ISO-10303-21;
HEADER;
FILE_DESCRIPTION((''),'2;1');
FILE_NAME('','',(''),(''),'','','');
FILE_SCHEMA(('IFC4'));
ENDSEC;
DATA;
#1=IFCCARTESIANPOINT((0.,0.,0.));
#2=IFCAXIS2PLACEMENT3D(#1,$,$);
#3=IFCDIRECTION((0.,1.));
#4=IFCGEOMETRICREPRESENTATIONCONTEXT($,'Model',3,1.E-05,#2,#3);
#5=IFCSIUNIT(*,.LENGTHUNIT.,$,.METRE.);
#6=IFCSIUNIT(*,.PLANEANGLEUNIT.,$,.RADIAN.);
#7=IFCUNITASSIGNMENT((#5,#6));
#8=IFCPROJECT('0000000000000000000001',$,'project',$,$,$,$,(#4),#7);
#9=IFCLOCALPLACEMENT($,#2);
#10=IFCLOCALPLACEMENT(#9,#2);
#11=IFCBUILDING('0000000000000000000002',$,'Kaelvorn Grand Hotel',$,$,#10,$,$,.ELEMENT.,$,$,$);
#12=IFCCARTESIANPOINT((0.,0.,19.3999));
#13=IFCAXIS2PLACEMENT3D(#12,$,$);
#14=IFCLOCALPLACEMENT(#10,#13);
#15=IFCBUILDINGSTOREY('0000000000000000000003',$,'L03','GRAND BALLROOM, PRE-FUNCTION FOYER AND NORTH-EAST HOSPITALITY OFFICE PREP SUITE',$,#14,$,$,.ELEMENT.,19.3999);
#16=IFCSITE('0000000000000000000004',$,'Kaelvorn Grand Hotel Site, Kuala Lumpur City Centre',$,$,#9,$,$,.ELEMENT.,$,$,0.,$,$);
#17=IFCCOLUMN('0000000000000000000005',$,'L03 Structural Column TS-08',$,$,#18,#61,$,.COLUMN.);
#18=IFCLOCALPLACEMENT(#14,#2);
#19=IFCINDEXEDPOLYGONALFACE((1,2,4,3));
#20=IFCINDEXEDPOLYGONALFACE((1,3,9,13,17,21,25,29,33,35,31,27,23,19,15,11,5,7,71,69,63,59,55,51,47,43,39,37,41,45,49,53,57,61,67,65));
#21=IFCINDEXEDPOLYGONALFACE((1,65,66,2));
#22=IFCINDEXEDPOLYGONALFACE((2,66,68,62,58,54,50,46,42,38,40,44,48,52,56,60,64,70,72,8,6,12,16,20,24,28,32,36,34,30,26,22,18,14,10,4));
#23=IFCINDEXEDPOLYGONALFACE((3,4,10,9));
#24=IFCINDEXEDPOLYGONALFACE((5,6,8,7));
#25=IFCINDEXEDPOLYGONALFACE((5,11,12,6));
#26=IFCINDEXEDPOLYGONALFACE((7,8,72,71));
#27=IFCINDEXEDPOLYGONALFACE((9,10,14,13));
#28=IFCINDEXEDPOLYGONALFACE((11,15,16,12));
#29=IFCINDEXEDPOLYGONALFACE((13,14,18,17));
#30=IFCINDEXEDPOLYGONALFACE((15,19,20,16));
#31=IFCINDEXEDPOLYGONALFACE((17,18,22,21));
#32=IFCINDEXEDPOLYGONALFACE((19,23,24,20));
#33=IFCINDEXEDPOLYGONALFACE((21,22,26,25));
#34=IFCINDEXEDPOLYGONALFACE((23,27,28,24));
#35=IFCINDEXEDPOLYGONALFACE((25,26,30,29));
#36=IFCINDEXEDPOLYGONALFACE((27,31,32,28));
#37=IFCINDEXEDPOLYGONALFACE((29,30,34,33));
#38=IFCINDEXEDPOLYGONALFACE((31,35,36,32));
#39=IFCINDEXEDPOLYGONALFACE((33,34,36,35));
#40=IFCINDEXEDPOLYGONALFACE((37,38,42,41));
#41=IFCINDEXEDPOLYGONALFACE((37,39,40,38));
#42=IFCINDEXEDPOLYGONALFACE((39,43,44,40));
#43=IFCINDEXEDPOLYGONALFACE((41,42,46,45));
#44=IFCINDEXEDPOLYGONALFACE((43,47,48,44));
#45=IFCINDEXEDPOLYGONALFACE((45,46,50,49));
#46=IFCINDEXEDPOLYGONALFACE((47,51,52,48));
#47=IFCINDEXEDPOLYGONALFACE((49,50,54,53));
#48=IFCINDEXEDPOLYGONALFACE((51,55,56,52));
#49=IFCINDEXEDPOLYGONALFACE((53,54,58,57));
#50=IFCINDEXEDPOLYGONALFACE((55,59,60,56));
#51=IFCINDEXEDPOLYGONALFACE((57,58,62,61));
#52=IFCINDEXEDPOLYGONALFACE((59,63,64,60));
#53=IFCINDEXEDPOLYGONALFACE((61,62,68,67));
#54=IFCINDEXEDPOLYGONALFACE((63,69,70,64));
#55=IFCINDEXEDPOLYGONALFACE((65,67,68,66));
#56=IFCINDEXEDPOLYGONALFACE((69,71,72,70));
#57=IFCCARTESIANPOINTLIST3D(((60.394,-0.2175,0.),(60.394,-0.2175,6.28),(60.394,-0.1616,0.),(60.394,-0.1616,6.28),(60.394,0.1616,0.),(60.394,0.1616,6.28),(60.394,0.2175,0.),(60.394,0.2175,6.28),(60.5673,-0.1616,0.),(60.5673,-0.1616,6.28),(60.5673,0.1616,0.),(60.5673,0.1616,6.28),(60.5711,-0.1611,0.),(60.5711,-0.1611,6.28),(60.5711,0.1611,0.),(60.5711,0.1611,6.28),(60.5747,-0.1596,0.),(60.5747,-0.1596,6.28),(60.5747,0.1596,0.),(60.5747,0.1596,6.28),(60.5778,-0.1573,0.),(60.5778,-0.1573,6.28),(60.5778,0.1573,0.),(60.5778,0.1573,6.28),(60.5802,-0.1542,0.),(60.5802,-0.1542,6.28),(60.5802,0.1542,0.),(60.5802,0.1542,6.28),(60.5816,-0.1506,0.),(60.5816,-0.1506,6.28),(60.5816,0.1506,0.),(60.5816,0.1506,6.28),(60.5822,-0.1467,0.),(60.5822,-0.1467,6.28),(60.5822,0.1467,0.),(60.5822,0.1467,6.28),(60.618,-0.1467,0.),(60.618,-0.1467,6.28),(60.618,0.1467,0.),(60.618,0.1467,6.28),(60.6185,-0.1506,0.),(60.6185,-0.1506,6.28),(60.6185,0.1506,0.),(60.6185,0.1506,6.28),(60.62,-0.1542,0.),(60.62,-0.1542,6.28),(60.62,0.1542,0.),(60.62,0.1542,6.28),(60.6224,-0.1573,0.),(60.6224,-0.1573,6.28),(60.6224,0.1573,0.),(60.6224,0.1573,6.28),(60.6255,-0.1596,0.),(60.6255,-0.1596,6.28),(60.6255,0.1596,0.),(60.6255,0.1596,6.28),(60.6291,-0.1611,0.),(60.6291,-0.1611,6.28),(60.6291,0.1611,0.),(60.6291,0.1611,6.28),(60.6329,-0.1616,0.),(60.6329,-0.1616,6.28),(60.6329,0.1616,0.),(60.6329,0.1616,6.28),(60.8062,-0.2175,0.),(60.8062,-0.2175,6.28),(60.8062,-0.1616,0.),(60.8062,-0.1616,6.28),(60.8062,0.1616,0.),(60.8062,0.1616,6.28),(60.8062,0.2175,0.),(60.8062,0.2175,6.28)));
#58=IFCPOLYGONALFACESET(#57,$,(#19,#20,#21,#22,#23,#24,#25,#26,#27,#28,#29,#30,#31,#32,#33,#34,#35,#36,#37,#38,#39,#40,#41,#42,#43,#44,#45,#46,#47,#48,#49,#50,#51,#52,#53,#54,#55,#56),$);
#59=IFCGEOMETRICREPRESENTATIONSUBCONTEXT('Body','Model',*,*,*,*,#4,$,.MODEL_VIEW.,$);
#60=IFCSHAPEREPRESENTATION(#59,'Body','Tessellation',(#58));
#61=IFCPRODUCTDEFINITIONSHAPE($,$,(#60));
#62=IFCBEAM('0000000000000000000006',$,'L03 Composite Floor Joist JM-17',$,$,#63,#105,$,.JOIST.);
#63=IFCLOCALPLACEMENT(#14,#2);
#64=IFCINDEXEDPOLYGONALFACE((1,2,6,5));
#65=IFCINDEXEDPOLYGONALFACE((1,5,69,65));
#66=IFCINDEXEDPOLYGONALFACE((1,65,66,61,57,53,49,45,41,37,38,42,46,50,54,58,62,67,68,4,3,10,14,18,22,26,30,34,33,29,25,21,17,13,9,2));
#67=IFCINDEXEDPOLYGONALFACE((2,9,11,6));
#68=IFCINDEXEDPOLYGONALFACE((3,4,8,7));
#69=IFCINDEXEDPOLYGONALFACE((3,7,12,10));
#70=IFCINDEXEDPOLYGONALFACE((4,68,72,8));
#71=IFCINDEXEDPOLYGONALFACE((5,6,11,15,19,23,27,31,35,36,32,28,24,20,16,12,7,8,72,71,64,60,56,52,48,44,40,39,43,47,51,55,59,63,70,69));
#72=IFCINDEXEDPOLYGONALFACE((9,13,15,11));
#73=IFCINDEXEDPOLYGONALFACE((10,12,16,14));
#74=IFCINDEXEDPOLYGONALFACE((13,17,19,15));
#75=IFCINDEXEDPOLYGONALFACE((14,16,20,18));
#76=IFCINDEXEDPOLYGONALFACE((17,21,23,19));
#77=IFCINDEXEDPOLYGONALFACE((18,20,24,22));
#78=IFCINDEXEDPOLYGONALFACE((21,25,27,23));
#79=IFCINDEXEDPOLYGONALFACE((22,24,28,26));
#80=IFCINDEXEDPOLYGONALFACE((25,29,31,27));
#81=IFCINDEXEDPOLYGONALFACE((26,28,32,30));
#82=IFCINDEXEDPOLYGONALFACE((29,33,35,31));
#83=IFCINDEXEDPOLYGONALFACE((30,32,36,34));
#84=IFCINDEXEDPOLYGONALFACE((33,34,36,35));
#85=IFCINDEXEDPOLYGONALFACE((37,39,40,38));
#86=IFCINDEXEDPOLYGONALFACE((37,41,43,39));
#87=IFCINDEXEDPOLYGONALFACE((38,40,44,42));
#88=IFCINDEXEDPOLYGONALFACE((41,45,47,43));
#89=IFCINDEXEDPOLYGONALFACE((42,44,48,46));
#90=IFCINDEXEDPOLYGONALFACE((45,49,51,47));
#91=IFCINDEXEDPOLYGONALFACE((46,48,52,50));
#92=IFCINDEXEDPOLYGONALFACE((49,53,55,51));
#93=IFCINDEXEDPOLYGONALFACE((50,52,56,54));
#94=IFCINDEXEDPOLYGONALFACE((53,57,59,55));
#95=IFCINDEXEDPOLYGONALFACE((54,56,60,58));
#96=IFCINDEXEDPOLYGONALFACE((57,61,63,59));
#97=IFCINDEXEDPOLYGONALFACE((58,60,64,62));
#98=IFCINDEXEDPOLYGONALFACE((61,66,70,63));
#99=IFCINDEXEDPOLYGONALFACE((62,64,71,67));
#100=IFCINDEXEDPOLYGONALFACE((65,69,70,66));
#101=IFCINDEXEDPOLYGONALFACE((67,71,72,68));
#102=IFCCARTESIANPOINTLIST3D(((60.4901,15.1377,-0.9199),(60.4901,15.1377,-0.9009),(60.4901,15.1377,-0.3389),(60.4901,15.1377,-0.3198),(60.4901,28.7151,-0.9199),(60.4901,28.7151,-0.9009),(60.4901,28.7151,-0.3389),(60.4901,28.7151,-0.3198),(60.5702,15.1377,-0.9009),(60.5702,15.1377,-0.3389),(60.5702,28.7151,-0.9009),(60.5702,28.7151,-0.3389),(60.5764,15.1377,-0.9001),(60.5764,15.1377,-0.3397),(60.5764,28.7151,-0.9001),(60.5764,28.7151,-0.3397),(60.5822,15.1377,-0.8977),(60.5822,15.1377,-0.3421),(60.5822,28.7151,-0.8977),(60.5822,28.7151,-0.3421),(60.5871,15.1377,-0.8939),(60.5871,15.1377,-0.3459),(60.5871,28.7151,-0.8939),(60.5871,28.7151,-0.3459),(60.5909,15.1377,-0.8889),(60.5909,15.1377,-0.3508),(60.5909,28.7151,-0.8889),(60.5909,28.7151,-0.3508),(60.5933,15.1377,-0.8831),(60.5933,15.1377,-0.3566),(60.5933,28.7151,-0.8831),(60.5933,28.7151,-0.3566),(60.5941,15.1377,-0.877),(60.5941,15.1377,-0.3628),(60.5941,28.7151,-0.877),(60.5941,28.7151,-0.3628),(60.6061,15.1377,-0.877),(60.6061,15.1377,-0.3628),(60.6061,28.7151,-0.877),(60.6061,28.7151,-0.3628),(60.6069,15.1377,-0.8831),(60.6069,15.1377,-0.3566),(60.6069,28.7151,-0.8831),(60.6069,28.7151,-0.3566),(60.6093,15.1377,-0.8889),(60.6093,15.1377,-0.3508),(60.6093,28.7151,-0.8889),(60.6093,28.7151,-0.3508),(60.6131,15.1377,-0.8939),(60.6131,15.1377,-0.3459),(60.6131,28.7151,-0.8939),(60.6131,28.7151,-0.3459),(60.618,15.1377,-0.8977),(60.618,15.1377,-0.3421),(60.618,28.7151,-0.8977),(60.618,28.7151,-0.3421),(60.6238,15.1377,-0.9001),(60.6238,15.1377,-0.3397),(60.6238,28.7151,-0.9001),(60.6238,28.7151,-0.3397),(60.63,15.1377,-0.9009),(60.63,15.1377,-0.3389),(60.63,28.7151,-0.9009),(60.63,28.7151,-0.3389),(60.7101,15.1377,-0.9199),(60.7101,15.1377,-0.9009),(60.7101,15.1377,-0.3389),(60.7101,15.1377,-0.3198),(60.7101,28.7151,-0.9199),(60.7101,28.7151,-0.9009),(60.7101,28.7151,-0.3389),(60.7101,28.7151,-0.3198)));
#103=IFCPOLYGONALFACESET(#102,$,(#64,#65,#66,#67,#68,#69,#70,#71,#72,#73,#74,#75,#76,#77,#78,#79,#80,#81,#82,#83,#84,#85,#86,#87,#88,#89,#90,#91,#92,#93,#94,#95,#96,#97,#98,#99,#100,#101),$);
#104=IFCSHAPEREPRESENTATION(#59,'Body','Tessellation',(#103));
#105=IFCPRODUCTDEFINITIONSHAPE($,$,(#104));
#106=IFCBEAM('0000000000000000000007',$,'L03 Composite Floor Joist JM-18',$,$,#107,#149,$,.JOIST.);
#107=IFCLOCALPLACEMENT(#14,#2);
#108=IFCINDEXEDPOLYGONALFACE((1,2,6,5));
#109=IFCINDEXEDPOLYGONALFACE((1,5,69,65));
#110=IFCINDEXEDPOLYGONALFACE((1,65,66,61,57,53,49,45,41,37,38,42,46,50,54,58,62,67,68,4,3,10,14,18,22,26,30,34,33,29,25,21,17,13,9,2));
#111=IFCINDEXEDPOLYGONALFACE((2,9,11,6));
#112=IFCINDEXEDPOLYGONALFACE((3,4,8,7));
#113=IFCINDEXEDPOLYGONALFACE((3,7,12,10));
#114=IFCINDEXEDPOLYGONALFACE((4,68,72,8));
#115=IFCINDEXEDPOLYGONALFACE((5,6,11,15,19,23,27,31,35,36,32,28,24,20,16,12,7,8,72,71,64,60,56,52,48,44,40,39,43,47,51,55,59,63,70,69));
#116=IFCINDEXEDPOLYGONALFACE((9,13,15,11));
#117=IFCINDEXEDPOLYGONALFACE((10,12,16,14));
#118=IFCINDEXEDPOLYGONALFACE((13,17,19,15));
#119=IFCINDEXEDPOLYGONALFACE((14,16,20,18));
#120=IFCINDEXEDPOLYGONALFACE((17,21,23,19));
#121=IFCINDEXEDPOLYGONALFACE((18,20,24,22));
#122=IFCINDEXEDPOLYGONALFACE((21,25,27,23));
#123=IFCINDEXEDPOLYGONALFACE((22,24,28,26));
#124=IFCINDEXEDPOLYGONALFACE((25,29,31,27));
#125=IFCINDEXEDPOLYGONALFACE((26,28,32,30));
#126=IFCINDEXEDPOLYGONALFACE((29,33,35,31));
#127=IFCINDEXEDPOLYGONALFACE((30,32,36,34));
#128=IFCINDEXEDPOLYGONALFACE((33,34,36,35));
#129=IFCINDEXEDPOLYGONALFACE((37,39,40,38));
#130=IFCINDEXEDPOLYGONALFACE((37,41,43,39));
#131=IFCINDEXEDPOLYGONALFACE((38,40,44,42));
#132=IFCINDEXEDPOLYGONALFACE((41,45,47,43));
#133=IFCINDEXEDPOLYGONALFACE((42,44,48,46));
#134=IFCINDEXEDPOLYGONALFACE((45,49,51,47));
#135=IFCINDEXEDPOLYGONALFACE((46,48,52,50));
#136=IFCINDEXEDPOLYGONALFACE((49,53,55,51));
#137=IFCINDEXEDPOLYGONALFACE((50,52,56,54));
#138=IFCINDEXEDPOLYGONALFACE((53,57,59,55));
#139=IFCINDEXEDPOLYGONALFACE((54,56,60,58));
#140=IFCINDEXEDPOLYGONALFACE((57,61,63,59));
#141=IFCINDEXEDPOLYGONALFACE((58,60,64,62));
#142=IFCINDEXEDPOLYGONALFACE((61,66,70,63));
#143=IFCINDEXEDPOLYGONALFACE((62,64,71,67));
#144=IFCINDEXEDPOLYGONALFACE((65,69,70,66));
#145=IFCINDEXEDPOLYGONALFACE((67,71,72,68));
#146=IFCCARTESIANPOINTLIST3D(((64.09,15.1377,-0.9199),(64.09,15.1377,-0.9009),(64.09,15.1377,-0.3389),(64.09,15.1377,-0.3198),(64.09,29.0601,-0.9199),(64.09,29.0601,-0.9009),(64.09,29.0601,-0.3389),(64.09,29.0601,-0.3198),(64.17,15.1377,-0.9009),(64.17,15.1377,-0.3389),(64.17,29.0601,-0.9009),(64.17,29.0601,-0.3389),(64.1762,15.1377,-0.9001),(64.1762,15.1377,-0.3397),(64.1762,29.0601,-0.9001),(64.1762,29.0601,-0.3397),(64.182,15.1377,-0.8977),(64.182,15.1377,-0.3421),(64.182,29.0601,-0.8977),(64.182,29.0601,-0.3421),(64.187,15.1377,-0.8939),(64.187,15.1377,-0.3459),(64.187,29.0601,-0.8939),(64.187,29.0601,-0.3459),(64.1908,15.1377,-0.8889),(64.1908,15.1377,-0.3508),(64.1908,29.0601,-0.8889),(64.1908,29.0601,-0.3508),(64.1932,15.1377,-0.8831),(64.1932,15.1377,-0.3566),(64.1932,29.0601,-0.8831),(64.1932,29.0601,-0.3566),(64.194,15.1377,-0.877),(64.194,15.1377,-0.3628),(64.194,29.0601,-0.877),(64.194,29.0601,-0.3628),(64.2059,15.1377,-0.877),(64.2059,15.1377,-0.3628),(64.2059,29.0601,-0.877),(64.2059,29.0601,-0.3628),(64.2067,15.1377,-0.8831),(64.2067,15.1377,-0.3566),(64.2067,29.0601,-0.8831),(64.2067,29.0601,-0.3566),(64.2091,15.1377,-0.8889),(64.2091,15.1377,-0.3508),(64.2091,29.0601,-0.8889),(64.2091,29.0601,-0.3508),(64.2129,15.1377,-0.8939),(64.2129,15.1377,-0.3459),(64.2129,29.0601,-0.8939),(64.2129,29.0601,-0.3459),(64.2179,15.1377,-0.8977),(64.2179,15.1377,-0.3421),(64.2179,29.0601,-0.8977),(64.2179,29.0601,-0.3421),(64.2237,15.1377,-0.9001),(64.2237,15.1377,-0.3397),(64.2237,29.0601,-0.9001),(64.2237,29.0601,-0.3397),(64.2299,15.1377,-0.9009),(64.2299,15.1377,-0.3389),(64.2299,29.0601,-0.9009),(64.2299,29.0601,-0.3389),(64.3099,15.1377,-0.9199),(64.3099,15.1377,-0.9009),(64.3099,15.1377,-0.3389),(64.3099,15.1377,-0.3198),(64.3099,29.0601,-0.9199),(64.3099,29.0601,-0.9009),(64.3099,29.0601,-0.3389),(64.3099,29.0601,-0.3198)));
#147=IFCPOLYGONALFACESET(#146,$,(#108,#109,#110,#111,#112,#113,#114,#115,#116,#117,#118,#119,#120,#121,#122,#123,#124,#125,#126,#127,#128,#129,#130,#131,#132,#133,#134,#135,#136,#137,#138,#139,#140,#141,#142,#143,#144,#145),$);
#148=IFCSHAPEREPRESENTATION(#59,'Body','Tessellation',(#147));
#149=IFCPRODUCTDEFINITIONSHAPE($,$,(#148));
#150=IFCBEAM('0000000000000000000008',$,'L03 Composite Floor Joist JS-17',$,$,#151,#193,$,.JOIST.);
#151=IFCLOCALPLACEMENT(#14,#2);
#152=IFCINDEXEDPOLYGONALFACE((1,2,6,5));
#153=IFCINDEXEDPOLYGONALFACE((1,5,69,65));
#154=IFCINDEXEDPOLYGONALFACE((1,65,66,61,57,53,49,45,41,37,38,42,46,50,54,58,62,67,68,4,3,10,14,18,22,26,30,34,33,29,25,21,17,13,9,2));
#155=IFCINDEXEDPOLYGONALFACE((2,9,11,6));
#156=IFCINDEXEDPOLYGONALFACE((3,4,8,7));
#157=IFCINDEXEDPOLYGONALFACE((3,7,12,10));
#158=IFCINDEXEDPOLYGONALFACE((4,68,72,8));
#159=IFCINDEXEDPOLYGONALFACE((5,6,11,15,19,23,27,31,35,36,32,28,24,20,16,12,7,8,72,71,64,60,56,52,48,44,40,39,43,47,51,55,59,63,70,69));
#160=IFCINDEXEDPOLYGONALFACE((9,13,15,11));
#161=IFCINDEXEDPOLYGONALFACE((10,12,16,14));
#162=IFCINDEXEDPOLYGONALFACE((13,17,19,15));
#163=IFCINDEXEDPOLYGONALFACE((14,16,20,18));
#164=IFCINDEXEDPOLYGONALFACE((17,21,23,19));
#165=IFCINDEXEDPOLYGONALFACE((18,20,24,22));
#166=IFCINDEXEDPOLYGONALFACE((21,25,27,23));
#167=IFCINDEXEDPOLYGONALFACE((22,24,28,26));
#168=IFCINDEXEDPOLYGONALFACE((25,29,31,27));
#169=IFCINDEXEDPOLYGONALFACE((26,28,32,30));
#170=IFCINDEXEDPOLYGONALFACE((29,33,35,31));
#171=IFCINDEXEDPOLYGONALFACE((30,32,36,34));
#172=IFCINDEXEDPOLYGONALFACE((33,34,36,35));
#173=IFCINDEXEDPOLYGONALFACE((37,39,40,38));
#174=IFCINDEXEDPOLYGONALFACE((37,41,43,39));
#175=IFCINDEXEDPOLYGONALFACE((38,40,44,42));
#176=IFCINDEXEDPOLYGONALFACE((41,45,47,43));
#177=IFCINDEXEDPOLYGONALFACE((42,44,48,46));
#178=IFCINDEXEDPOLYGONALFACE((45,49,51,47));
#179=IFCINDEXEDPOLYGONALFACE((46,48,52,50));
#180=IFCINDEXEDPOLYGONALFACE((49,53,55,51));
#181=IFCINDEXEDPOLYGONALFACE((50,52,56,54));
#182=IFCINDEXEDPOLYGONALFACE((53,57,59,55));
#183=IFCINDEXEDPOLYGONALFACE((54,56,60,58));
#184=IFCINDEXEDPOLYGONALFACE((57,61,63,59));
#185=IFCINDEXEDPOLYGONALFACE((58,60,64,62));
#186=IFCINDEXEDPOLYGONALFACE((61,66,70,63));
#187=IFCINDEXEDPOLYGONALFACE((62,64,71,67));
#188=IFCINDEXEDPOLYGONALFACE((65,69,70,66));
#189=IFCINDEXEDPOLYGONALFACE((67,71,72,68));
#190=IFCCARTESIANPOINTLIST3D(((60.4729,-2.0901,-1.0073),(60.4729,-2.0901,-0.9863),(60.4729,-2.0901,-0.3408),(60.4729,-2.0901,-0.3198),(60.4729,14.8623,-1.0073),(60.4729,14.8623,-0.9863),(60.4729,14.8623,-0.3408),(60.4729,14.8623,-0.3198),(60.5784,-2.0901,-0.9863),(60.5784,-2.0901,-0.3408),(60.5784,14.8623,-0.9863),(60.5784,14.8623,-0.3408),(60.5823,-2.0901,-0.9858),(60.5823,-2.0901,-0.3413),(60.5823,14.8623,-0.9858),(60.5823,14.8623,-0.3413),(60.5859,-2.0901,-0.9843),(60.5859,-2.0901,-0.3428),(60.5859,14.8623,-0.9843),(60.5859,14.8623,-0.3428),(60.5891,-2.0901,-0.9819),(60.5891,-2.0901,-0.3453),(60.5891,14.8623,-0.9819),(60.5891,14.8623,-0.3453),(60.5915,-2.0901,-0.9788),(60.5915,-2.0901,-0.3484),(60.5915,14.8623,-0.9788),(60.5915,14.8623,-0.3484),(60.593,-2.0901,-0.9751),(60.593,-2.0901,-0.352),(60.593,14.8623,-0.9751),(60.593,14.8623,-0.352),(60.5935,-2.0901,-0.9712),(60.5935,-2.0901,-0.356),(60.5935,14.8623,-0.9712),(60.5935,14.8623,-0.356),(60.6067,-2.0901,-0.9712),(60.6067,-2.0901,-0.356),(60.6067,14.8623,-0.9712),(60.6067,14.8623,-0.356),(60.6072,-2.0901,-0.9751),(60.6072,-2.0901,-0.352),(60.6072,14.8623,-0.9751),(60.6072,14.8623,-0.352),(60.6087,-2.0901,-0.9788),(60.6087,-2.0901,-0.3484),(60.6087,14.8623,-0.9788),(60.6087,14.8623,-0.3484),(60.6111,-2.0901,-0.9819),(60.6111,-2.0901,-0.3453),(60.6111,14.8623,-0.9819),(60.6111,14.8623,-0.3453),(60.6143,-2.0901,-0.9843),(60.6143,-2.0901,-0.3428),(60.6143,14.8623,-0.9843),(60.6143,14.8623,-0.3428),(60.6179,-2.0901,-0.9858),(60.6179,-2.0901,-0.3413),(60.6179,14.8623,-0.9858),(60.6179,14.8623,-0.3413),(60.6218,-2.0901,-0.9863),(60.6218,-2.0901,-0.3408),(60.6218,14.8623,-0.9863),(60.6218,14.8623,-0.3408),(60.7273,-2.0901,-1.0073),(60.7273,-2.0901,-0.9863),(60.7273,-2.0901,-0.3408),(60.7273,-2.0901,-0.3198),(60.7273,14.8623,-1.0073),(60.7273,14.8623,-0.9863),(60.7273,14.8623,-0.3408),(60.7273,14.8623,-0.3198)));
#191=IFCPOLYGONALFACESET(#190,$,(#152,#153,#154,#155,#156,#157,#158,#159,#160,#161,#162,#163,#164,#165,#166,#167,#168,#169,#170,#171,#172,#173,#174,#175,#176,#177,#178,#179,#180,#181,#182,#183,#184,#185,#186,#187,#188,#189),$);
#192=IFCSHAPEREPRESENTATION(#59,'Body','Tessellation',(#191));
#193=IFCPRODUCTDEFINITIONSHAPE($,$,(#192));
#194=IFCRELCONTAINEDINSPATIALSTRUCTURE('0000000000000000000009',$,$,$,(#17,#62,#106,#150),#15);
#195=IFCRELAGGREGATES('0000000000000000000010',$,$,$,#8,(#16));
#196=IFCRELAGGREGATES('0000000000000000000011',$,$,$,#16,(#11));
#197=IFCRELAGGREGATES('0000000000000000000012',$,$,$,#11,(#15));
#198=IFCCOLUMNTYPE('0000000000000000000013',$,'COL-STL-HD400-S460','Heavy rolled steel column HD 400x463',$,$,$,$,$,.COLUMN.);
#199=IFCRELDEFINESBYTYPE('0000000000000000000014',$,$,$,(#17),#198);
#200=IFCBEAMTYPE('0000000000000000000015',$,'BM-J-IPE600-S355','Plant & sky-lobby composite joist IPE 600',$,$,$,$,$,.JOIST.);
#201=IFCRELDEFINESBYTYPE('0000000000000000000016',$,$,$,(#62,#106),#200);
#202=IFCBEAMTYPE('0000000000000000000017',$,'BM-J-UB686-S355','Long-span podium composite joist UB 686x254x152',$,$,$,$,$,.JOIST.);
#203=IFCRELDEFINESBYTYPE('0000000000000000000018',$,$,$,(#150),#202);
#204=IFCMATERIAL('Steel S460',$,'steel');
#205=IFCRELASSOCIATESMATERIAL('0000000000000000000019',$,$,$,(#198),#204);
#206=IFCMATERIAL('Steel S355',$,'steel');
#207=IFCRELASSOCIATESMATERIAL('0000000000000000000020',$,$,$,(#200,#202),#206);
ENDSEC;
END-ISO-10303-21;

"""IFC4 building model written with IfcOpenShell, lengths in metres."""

from ifc_helpers import new_model, si_unit, direction, frame, origin, origin_2d, place, context, subcontext, project, spatial, i_section, extrude, material, material_profile, profile_set, type_object, element, save


model = new_model("IFC4")

# Units and contexts
model_context = context("Model", 3, precision=1e-05, world=origin(), true_north=direction((0.0, 1.0)))
body_context = subcontext(model_context, "Body", "Model", "MODEL_VIEW")
ifc_project = project(units=[si_unit("LENGTHUNIT", "METRE"), si_unit("PLANEANGLEUNIT", "RADIAN")], contexts=[model_context])

# Site, building, storey
site_placement = place(None, origin())
site = spatial("IfcSite", under=ifc_project, at=site_placement, Name="Kaelvorn Grand Hotel Site, Kuala Lumpur City Centre", CompositionType="ELEMENT", RefElevation=0.0)
building_placement = place(site_placement, origin())
building = spatial("IfcBuilding", under=site, at=building_placement, Name="Kaelvorn Grand Hotel", CompositionType="ELEMENT")
storey_placement = place(building_placement, frame((0.0, 0.0, 19.3999)))
storey = spatial("IfcBuildingStorey", under=building, at=storey_placement, Name="L03", Description="GRAND BALLROOM, PRE-FUNCTION FOYER AND NORTH-EAST HOSPITALITY OFFICE PREP SUITE", CompositionType="ELEMENT", Elevation=19.3999)

# Column
ifc_material_1 = material(Name="Steel S460", Category="steel")
ifc_material_profile_1 = material_profile(ifc_material_1, i_section(OverallWidth=0.4121, OverallDepth=0.4351, WebThickness=0.0359, FlangeThickness=0.0559, FilletRadius=0.0149, at=origin_2d()), Name="HD 400x463")
ifc_profile_set_1 = profile_set([ifc_material_profile_1], Name="Steel S460")
column_type = type_object("IfcColumnType", Name="COL-STL-HD400-S460", Description="Heavy rolled steel column HD 400x463", PredefinedType="COLUMN", material=ifc_profile_set_1)
column_placement = place(storey_placement, frame((60.6001, 0.0, 0.0), z_axis=(0.0, 0.0, 1.0), x_axis=(1.0, 0.0, 0.0)))
element("IfcColumn", 1, at=column_placement, inside=storey, type_object=column_type, Name="L03 Structural Column TS-08", PredefinedType="COLUMN", context=body_context, shape_type="SweptSolid", body=[
    extrude(i_section(OverallWidth=0.4121, OverallDepth=0.4351, WebThickness=0.0359, FlangeThickness=0.0559, FilletRadius=0.0149, at=origin_2d()), origin(), (0.0, 0.0, 1.0), 6.28),
])

# Beams
ifc_material_2 = material(Name="Steel S355", Category="steel")
ifc_material_profile_2 = material_profile(ifc_material_2, i_section(OverallWidth=0.22, OverallDepth=0.6001, WebThickness=0.012, FlangeThickness=0.019, FilletRadius=0.0239, at=origin_2d()), Name="IPE 600")
ifc_profile_set_2 = profile_set([ifc_material_profile_2], Name="Steel S355")
beam_type_1 = type_object("IfcBeamType", Name="BM-J-IPE600-S355", Description="Plant & sky-lobby composite joist IPE 600", PredefinedType="JOIST", material=ifc_profile_set_2)
beam_1_placement = place(storey_placement, frame((60.6001, 15.1377, -0.6199), z_axis=(0.0, 1.0, 0.0), x_axis=(-1.0, 0.0, 0.0)))
element("IfcBeam", 2, at=beam_1_placement, inside=storey, type_object=beam_type_1, Name="L03 Composite Floor Joist JM-17", PredefinedType="JOIST", context=body_context, shape_type="SweptSolid", body=[
    extrude(i_section(OverallWidth=0.22, OverallDepth=0.6001, WebThickness=0.012, FlangeThickness=0.019, FilletRadius=0.0239, at=origin_2d()), origin(), (0.0, 0.0, 1.0), 13.5774),
])
beam_2_placement = place(storey_placement, frame((64.2, 15.1377, -0.6199), z_axis=(0.0, 1.0, 0.0), x_axis=(-1.0, 0.0, 0.0)))
element("IfcBeam", 3, at=beam_2_placement, inside=storey, type_object=beam_type_1, Name="L03 Composite Floor Joist JM-18", PredefinedType="JOIST", context=body_context, shape_type="SweptSolid", body=[
    extrude(i_section(OverallWidth=0.22, OverallDepth=0.6001, WebThickness=0.012, FlangeThickness=0.019, FilletRadius=0.0239, at=origin_2d()), origin(), (0.0, 0.0, 1.0), 13.9224),
])
ifc_material_profile_3 = material_profile(ifc_material_2, i_section(OverallWidth=0.2544, OverallDepth=0.6875, WebThickness=0.0132, FlangeThickness=0.021, FilletRadius=0.0151, at=origin_2d()), Name="UB 686x254x152")
ifc_profile_set_3 = profile_set([ifc_material_profile_3], Name="Steel S355")
beam_type_2 = type_object("IfcBeamType", Name="BM-J-UB686-S355", Description="Long-span podium composite joist UB 686x254x152", PredefinedType="JOIST", material=ifc_profile_set_3)
beam_3_placement = place(storey_placement, frame((60.6001, -2.0901, -0.6636), z_axis=(0.0, 1.0, 0.0), x_axis=(-1.0, 0.0, 0.0)))
element("IfcBeam", 4, at=beam_3_placement, inside=storey, type_object=beam_type_2, Name="L03 Composite Floor Joist JS-17", PredefinedType="JOIST", context=body_context, shape_type="SweptSolid", body=[
    extrude(i_section(OverallWidth=0.2544, OverallDepth=0.6875, WebThickness=0.0132, FlangeThickness=0.021, FilletRadius=0.0151, at=origin_2d()), origin(), (0.0, 0.0, 1.0), 16.9524),
])

save(model, "model.ifc")
